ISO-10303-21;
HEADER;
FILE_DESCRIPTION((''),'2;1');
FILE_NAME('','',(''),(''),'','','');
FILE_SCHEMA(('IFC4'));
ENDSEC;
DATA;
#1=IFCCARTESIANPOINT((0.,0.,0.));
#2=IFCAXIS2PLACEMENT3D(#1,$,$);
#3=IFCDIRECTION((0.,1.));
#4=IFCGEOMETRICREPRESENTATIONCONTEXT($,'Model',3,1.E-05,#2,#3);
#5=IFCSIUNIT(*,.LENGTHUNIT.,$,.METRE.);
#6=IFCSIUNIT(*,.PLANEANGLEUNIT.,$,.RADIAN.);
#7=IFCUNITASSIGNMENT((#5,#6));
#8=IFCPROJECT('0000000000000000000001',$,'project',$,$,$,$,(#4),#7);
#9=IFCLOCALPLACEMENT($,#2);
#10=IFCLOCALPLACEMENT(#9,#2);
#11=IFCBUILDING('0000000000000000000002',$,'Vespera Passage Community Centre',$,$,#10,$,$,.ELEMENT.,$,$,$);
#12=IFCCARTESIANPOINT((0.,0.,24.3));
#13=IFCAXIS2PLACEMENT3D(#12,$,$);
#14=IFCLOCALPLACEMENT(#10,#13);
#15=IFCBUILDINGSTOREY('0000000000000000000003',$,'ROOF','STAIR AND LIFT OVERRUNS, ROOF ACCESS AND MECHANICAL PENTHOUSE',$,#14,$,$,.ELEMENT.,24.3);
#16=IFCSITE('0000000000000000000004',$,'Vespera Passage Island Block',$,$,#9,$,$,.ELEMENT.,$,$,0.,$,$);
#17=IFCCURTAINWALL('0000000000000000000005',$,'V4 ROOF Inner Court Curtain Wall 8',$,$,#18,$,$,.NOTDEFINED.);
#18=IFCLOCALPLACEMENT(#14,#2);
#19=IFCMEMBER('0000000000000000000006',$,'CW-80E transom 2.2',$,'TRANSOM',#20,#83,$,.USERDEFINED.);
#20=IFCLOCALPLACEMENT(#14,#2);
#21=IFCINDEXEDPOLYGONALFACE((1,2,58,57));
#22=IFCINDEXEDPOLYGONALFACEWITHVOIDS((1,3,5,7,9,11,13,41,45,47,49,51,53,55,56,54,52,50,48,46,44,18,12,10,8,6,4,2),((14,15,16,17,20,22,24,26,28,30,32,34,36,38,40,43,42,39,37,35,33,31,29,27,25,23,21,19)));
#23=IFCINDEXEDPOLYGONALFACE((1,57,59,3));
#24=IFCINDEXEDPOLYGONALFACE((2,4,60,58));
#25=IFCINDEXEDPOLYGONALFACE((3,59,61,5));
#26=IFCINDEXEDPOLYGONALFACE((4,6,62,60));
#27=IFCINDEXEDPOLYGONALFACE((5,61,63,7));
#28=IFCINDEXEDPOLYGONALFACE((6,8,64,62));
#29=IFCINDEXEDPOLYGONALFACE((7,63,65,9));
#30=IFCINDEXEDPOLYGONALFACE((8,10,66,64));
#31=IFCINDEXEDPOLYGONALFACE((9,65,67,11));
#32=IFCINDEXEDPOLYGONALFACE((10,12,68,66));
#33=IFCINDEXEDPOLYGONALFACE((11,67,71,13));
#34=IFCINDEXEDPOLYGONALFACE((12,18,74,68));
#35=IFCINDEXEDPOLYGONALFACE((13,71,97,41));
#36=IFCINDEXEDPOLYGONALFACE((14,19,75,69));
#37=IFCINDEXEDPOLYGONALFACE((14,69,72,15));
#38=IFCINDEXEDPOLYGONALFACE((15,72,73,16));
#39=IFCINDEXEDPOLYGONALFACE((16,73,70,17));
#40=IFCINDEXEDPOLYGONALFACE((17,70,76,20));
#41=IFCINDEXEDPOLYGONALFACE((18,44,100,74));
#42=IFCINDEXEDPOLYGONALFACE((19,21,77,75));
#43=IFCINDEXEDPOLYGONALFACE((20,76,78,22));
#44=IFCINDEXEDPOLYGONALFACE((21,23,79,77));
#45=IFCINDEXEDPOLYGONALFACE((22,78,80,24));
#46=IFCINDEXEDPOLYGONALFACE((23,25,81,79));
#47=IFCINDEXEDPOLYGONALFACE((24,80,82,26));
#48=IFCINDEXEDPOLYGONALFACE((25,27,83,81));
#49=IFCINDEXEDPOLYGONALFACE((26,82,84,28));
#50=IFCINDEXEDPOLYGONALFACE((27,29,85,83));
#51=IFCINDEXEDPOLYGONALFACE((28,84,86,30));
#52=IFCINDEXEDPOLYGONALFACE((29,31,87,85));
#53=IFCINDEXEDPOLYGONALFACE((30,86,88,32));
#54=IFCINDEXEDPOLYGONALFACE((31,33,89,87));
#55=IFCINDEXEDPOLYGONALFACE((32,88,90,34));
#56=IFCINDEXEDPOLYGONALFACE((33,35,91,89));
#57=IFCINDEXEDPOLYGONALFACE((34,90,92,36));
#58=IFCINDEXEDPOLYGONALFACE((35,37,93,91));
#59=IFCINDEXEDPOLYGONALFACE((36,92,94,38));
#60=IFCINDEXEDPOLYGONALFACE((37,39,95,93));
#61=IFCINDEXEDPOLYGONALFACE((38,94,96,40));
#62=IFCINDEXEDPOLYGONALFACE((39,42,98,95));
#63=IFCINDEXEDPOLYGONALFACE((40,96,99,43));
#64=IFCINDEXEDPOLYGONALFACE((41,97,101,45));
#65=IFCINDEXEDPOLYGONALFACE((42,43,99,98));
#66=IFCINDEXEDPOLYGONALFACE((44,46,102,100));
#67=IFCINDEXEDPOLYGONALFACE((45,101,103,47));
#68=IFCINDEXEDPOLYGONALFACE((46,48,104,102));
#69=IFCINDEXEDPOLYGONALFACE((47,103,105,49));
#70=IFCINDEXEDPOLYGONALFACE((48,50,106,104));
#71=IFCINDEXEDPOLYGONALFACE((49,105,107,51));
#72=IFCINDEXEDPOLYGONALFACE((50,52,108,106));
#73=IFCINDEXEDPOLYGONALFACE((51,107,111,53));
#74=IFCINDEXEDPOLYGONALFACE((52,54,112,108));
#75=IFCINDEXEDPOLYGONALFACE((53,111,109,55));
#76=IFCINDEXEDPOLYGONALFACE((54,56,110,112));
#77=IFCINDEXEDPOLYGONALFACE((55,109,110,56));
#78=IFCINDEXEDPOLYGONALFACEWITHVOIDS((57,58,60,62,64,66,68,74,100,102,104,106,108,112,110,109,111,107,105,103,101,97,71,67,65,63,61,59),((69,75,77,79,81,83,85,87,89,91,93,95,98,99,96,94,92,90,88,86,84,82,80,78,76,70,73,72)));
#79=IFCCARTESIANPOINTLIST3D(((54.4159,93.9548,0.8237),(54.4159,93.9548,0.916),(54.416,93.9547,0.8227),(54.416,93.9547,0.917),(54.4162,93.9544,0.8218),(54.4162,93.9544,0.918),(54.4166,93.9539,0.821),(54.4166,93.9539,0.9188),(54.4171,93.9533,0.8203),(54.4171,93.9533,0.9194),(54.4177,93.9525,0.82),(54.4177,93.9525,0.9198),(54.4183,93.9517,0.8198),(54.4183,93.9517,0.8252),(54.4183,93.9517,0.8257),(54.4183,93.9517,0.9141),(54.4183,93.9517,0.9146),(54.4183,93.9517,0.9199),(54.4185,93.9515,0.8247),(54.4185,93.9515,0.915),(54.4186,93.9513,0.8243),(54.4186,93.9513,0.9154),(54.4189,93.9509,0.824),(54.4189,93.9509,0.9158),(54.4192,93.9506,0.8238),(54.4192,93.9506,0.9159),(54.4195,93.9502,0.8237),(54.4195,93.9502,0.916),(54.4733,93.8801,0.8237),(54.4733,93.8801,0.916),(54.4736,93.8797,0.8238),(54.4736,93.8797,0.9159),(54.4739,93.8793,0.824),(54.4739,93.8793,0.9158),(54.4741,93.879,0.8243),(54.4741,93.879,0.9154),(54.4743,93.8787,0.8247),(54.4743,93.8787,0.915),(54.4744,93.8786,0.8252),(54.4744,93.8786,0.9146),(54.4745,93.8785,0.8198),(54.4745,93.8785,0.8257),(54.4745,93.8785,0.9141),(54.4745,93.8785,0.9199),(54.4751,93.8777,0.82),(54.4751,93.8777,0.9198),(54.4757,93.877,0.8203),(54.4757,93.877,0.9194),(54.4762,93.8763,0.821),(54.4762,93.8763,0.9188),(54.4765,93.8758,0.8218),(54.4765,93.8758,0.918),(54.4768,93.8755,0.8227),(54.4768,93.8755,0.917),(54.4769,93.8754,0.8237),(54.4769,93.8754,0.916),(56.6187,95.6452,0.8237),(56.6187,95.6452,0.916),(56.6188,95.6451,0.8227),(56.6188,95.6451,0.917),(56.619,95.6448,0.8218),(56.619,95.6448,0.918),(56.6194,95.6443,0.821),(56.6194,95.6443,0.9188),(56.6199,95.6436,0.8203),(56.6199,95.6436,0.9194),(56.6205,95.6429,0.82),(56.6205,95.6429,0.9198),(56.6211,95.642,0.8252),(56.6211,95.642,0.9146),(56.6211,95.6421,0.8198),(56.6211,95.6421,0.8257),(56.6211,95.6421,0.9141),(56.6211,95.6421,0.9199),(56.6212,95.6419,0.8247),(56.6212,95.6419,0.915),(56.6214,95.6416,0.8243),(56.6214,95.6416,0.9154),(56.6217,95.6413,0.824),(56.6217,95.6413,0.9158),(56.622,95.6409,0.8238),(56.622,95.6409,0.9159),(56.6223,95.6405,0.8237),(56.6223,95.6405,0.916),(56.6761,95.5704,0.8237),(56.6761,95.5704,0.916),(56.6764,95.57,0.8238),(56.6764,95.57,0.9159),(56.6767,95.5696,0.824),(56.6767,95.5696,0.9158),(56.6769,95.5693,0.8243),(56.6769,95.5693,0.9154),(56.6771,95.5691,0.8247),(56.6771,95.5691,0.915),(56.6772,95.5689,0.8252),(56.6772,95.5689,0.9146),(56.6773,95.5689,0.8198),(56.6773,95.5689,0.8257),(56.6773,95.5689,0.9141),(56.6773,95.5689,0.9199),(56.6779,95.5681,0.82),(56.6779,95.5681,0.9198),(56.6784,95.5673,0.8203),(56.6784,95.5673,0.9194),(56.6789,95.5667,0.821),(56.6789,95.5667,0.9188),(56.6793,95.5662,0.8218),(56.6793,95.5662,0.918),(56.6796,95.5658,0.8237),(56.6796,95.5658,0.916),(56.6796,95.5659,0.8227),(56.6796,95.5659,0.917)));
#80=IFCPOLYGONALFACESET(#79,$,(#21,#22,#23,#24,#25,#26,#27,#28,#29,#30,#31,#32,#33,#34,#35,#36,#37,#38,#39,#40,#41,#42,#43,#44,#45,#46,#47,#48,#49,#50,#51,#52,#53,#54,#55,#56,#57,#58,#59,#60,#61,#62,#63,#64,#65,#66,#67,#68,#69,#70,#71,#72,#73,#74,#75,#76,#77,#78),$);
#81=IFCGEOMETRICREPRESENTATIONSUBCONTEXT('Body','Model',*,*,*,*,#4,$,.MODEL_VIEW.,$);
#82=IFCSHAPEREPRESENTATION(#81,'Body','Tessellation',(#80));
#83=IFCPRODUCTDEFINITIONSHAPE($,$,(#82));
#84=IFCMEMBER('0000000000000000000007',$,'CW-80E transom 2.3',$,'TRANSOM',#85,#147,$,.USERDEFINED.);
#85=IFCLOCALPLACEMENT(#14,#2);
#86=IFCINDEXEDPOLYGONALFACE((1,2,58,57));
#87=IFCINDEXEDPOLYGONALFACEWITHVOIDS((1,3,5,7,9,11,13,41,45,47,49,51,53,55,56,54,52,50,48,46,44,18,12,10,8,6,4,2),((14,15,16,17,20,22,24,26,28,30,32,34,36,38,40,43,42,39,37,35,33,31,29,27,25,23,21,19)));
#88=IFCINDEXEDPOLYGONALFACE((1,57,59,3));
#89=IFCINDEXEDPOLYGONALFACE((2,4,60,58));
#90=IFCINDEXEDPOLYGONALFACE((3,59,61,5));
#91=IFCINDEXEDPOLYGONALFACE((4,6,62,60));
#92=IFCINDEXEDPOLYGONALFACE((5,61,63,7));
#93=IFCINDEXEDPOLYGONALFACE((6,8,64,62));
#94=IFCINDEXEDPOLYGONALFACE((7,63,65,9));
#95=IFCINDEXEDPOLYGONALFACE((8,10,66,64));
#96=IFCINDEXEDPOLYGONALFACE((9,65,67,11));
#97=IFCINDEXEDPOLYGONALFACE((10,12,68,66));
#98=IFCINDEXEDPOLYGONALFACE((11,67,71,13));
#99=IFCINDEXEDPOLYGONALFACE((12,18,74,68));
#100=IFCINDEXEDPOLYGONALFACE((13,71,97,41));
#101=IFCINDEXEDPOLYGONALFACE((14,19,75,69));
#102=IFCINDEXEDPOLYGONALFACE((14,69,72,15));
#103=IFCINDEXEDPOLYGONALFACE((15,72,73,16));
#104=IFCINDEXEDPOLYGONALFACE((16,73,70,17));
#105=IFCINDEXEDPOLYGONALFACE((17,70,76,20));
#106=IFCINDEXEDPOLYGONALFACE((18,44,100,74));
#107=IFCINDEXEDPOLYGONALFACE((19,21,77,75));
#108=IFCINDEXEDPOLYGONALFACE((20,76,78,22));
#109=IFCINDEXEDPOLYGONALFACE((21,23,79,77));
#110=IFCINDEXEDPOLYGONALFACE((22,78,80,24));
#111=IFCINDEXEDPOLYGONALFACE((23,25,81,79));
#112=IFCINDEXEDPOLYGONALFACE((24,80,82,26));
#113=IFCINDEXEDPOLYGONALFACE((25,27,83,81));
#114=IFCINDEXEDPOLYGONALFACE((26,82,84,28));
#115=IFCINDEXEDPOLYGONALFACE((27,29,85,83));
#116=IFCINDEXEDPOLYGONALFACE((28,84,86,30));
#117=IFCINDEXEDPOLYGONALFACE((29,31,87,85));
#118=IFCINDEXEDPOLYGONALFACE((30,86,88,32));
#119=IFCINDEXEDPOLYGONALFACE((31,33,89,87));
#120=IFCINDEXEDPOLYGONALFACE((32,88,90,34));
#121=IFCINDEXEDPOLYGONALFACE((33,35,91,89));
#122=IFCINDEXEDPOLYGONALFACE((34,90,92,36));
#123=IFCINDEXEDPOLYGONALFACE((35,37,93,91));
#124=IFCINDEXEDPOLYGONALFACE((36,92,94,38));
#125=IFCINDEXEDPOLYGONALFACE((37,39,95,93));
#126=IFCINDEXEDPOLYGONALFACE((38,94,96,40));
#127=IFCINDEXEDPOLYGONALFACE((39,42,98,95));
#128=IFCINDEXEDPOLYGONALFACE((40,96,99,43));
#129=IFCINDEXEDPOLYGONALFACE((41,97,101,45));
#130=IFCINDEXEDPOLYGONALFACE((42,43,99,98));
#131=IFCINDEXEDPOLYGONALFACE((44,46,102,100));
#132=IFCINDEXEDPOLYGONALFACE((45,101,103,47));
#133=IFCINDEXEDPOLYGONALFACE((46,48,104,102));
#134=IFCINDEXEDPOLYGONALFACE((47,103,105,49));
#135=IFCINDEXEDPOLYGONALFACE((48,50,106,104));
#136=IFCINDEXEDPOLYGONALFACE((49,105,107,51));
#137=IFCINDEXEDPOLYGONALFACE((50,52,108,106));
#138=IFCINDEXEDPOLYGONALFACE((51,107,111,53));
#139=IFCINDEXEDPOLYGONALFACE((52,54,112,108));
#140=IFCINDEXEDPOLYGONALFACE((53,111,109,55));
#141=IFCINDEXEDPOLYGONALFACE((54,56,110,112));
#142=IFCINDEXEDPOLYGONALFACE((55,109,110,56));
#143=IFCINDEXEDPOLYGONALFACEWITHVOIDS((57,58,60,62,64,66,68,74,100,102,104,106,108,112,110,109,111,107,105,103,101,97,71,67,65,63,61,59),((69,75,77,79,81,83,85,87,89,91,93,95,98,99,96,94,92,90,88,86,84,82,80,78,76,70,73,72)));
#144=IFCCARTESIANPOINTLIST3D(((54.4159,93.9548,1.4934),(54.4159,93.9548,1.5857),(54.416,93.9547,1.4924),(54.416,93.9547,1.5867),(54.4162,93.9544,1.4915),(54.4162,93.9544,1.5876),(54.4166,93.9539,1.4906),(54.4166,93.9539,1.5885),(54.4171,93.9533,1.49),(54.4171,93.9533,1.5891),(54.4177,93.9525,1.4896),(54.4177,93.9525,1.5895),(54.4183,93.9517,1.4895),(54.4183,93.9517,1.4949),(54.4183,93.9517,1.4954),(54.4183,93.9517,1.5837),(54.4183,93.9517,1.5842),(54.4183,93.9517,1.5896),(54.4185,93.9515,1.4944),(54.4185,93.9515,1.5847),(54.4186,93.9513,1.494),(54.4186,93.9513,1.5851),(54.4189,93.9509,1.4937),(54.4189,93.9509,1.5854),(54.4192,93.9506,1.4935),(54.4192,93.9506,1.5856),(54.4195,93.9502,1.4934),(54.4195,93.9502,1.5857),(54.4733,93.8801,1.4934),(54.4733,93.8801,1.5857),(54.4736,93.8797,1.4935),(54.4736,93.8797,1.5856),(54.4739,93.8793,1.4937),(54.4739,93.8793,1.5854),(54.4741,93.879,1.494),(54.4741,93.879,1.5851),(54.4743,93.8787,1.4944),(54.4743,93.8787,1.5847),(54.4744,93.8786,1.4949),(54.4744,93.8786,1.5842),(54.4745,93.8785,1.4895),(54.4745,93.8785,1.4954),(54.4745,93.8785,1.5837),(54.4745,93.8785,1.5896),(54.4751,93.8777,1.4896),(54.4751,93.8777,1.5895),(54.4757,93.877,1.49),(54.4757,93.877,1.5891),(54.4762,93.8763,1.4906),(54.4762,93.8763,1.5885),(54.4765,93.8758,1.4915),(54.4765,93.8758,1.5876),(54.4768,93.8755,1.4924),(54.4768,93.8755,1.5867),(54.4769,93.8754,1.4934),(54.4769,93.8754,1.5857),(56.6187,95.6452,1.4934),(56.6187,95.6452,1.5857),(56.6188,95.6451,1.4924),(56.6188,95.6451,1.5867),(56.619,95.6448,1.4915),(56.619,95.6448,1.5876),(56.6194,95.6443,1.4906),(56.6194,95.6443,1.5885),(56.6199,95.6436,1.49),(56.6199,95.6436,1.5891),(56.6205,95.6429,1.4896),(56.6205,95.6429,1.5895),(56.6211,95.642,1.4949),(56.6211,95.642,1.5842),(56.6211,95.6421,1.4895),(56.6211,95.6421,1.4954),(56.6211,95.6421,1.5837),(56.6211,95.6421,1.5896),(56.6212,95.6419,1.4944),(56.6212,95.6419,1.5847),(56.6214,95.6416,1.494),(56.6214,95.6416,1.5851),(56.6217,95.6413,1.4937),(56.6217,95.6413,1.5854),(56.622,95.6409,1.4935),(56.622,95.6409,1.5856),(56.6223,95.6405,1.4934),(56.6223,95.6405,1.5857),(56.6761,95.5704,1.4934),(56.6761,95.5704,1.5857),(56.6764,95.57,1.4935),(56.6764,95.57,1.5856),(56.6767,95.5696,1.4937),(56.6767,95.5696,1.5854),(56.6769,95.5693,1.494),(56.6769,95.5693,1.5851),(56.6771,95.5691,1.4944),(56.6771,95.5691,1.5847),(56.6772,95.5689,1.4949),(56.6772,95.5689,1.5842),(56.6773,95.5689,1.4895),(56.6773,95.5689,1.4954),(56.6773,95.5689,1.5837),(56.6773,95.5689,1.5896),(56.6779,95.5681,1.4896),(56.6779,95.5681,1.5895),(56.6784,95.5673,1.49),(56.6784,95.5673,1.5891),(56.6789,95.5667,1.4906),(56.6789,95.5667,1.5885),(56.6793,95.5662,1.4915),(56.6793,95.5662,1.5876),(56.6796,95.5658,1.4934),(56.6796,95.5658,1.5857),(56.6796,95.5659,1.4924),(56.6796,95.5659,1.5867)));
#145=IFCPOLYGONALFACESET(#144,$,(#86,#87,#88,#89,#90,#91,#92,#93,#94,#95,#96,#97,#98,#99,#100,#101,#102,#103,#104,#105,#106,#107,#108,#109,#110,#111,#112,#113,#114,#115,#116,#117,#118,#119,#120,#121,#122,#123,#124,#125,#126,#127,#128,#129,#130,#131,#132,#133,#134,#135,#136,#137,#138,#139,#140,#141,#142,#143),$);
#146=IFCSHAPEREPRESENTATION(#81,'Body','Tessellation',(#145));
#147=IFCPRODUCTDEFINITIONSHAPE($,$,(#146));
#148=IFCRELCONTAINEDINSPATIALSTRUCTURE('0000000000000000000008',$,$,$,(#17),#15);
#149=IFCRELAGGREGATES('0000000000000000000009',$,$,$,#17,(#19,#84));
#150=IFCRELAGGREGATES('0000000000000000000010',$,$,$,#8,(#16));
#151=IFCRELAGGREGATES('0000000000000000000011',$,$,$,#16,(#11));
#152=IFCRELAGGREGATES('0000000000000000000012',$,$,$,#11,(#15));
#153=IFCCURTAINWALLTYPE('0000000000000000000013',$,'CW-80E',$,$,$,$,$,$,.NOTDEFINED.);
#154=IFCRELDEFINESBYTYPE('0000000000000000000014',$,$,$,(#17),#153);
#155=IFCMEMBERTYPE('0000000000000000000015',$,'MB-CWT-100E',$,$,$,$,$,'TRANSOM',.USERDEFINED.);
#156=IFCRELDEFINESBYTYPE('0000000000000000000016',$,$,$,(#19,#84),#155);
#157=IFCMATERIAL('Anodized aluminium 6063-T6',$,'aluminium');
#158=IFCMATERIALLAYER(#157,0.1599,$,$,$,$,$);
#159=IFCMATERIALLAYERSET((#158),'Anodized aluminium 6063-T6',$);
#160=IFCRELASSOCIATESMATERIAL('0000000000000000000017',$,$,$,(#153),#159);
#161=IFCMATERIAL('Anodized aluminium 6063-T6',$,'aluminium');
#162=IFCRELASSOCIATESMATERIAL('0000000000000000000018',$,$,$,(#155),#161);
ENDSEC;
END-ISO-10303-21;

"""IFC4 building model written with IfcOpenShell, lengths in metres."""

from ifc_helpers import new_model, si_unit, direction, frame, origin, origin_2d, place, context, subcontext, project, spatial, hollow_rectangle, extrude, material, layer, layer_set, material_profile, profile_set, type_object, element, aggregate, save


model = new_model("IFC4")

# Units and contexts
model_context = context("Model", 3, precision=1e-05, world=origin(), true_north=direction((0.0, 1.0)))
body_context = subcontext(model_context, "Body", "Model", "MODEL_VIEW")
ifc_project = project(units=[si_unit("LENGTHUNIT", "METRE"), si_unit("PLANEANGLEUNIT", "RADIAN")], contexts=[model_context])

# Site, building, storey
site_placement = place(None, origin())
site = spatial("IfcSite", under=ifc_project, at=site_placement, Name="Vespera Passage Island Block", CompositionType="ELEMENT", RefElevation=0.0)
building_placement = place(site_placement, origin())
building = spatial("IfcBuilding", under=site, at=building_placement, Name="Vespera Passage Community Centre", CompositionType="ELEMENT")
storey_placement = place(building_placement, frame((0.0, 0.0, 24.3)))
storey = spatial("IfcBuildingStorey", under=building, at=storey_placement, Name="ROOF", Description="STAIR AND LIFT OVERRUNS, ROOF ACCESS AND MECHANICAL PENTHOUSE", CompositionType="ELEMENT", Elevation=24.3)

# Curtain wall, members
ifc_material_1 = material(Name="Anodized aluminium 6063-T6", Category="aluminium")
ifc_layer_1 = layer(ifc_material_1, 0.1599)
ifc_layer_set_1 = layer_set([ifc_layer_1], Name="Anodized aluminium 6063-T6")
curtain_wall_type = type_object("IfcCurtainWallType", Name="CW-80E", PredefinedType="NOTDEFINED", material=ifc_layer_set_1)
curtain_wall_placement = place(storey_placement, origin())
curtain_wall = element("IfcCurtainWall", 1, at=curtain_wall_placement, inside=storey, type_object=curtain_wall_type, Name="V4 ROOF Inner Court Curtain Wall 8", PredefinedType="NOTDEFINED")
ifc_material_2 = material(Name="Anodized aluminium 6063-T6", Category="aluminium")
ifc_material_profile_1 = material_profile(ifc_material_2, hollow_rectangle(XDim=0.1001, YDim=0.1001, WallThickness=0.0039, InnerFilletRadius=0.002, OuterFilletRadius=0.0039, at=origin_2d()), Name="ALU100X100X4")
ifc_profile_set_1 = profile_set([ifc_material_profile_1], Name="Anodized aluminium 6063-T6")
member_type_1 = type_object("IfcMemberType", Name="MB-CWT-100E", ElementType="TRANSOM", PredefinedType="USERDEFINED", material=ifc_profile_set_1)
member_1_placement = place(storey_placement, frame((56.6492, 95.6055, 0.8699), z_axis=(-0.793336, -0.608784, 0.0), x_axis=(0.608784, -0.793336, 0.0)))
member_1 = element("IfcMember", 2, at=member_1_placement, type_object=member_type_1, Name="CW-80E transom 2.2", ObjectType="TRANSOM", PredefinedType="USERDEFINED", context=body_context, shape_type="SweptSolid", body=[
    extrude(hollow_rectangle(XDim=0.1001, YDim=0.1001, WallThickness=0.0039, InnerFilletRadius=0.002, OuterFilletRadius=0.0039, at=origin_2d()), origin(), (0.0, 0.0, 1.0), 2.7766),
])
member_2_placement = place(storey_placement, frame((56.6492, 95.6055, 1.5396), z_axis=(-0.793336, -0.608784, 0.0), x_axis=(0.608784, -0.793336, 0.0)))
member_2 = element("IfcMember", 3, at=member_2_placement, type_object=member_type_1, Name="CW-80E transom 2.3", ObjectType="TRANSOM", PredefinedType="USERDEFINED", context=body_context, shape_type="SweptSolid", body=[
    extrude(hollow_rectangle(XDim=0.1001, YDim=0.1001, WallThickness=0.0039, InnerFilletRadius=0.002, OuterFilletRadius=0.0039, at=origin_2d()), origin(), (0.0, 0.0, 1.0), 2.7766),
])

aggregate(curtain_wall, [member_1, member_2])

save(model, "model.ifc")
